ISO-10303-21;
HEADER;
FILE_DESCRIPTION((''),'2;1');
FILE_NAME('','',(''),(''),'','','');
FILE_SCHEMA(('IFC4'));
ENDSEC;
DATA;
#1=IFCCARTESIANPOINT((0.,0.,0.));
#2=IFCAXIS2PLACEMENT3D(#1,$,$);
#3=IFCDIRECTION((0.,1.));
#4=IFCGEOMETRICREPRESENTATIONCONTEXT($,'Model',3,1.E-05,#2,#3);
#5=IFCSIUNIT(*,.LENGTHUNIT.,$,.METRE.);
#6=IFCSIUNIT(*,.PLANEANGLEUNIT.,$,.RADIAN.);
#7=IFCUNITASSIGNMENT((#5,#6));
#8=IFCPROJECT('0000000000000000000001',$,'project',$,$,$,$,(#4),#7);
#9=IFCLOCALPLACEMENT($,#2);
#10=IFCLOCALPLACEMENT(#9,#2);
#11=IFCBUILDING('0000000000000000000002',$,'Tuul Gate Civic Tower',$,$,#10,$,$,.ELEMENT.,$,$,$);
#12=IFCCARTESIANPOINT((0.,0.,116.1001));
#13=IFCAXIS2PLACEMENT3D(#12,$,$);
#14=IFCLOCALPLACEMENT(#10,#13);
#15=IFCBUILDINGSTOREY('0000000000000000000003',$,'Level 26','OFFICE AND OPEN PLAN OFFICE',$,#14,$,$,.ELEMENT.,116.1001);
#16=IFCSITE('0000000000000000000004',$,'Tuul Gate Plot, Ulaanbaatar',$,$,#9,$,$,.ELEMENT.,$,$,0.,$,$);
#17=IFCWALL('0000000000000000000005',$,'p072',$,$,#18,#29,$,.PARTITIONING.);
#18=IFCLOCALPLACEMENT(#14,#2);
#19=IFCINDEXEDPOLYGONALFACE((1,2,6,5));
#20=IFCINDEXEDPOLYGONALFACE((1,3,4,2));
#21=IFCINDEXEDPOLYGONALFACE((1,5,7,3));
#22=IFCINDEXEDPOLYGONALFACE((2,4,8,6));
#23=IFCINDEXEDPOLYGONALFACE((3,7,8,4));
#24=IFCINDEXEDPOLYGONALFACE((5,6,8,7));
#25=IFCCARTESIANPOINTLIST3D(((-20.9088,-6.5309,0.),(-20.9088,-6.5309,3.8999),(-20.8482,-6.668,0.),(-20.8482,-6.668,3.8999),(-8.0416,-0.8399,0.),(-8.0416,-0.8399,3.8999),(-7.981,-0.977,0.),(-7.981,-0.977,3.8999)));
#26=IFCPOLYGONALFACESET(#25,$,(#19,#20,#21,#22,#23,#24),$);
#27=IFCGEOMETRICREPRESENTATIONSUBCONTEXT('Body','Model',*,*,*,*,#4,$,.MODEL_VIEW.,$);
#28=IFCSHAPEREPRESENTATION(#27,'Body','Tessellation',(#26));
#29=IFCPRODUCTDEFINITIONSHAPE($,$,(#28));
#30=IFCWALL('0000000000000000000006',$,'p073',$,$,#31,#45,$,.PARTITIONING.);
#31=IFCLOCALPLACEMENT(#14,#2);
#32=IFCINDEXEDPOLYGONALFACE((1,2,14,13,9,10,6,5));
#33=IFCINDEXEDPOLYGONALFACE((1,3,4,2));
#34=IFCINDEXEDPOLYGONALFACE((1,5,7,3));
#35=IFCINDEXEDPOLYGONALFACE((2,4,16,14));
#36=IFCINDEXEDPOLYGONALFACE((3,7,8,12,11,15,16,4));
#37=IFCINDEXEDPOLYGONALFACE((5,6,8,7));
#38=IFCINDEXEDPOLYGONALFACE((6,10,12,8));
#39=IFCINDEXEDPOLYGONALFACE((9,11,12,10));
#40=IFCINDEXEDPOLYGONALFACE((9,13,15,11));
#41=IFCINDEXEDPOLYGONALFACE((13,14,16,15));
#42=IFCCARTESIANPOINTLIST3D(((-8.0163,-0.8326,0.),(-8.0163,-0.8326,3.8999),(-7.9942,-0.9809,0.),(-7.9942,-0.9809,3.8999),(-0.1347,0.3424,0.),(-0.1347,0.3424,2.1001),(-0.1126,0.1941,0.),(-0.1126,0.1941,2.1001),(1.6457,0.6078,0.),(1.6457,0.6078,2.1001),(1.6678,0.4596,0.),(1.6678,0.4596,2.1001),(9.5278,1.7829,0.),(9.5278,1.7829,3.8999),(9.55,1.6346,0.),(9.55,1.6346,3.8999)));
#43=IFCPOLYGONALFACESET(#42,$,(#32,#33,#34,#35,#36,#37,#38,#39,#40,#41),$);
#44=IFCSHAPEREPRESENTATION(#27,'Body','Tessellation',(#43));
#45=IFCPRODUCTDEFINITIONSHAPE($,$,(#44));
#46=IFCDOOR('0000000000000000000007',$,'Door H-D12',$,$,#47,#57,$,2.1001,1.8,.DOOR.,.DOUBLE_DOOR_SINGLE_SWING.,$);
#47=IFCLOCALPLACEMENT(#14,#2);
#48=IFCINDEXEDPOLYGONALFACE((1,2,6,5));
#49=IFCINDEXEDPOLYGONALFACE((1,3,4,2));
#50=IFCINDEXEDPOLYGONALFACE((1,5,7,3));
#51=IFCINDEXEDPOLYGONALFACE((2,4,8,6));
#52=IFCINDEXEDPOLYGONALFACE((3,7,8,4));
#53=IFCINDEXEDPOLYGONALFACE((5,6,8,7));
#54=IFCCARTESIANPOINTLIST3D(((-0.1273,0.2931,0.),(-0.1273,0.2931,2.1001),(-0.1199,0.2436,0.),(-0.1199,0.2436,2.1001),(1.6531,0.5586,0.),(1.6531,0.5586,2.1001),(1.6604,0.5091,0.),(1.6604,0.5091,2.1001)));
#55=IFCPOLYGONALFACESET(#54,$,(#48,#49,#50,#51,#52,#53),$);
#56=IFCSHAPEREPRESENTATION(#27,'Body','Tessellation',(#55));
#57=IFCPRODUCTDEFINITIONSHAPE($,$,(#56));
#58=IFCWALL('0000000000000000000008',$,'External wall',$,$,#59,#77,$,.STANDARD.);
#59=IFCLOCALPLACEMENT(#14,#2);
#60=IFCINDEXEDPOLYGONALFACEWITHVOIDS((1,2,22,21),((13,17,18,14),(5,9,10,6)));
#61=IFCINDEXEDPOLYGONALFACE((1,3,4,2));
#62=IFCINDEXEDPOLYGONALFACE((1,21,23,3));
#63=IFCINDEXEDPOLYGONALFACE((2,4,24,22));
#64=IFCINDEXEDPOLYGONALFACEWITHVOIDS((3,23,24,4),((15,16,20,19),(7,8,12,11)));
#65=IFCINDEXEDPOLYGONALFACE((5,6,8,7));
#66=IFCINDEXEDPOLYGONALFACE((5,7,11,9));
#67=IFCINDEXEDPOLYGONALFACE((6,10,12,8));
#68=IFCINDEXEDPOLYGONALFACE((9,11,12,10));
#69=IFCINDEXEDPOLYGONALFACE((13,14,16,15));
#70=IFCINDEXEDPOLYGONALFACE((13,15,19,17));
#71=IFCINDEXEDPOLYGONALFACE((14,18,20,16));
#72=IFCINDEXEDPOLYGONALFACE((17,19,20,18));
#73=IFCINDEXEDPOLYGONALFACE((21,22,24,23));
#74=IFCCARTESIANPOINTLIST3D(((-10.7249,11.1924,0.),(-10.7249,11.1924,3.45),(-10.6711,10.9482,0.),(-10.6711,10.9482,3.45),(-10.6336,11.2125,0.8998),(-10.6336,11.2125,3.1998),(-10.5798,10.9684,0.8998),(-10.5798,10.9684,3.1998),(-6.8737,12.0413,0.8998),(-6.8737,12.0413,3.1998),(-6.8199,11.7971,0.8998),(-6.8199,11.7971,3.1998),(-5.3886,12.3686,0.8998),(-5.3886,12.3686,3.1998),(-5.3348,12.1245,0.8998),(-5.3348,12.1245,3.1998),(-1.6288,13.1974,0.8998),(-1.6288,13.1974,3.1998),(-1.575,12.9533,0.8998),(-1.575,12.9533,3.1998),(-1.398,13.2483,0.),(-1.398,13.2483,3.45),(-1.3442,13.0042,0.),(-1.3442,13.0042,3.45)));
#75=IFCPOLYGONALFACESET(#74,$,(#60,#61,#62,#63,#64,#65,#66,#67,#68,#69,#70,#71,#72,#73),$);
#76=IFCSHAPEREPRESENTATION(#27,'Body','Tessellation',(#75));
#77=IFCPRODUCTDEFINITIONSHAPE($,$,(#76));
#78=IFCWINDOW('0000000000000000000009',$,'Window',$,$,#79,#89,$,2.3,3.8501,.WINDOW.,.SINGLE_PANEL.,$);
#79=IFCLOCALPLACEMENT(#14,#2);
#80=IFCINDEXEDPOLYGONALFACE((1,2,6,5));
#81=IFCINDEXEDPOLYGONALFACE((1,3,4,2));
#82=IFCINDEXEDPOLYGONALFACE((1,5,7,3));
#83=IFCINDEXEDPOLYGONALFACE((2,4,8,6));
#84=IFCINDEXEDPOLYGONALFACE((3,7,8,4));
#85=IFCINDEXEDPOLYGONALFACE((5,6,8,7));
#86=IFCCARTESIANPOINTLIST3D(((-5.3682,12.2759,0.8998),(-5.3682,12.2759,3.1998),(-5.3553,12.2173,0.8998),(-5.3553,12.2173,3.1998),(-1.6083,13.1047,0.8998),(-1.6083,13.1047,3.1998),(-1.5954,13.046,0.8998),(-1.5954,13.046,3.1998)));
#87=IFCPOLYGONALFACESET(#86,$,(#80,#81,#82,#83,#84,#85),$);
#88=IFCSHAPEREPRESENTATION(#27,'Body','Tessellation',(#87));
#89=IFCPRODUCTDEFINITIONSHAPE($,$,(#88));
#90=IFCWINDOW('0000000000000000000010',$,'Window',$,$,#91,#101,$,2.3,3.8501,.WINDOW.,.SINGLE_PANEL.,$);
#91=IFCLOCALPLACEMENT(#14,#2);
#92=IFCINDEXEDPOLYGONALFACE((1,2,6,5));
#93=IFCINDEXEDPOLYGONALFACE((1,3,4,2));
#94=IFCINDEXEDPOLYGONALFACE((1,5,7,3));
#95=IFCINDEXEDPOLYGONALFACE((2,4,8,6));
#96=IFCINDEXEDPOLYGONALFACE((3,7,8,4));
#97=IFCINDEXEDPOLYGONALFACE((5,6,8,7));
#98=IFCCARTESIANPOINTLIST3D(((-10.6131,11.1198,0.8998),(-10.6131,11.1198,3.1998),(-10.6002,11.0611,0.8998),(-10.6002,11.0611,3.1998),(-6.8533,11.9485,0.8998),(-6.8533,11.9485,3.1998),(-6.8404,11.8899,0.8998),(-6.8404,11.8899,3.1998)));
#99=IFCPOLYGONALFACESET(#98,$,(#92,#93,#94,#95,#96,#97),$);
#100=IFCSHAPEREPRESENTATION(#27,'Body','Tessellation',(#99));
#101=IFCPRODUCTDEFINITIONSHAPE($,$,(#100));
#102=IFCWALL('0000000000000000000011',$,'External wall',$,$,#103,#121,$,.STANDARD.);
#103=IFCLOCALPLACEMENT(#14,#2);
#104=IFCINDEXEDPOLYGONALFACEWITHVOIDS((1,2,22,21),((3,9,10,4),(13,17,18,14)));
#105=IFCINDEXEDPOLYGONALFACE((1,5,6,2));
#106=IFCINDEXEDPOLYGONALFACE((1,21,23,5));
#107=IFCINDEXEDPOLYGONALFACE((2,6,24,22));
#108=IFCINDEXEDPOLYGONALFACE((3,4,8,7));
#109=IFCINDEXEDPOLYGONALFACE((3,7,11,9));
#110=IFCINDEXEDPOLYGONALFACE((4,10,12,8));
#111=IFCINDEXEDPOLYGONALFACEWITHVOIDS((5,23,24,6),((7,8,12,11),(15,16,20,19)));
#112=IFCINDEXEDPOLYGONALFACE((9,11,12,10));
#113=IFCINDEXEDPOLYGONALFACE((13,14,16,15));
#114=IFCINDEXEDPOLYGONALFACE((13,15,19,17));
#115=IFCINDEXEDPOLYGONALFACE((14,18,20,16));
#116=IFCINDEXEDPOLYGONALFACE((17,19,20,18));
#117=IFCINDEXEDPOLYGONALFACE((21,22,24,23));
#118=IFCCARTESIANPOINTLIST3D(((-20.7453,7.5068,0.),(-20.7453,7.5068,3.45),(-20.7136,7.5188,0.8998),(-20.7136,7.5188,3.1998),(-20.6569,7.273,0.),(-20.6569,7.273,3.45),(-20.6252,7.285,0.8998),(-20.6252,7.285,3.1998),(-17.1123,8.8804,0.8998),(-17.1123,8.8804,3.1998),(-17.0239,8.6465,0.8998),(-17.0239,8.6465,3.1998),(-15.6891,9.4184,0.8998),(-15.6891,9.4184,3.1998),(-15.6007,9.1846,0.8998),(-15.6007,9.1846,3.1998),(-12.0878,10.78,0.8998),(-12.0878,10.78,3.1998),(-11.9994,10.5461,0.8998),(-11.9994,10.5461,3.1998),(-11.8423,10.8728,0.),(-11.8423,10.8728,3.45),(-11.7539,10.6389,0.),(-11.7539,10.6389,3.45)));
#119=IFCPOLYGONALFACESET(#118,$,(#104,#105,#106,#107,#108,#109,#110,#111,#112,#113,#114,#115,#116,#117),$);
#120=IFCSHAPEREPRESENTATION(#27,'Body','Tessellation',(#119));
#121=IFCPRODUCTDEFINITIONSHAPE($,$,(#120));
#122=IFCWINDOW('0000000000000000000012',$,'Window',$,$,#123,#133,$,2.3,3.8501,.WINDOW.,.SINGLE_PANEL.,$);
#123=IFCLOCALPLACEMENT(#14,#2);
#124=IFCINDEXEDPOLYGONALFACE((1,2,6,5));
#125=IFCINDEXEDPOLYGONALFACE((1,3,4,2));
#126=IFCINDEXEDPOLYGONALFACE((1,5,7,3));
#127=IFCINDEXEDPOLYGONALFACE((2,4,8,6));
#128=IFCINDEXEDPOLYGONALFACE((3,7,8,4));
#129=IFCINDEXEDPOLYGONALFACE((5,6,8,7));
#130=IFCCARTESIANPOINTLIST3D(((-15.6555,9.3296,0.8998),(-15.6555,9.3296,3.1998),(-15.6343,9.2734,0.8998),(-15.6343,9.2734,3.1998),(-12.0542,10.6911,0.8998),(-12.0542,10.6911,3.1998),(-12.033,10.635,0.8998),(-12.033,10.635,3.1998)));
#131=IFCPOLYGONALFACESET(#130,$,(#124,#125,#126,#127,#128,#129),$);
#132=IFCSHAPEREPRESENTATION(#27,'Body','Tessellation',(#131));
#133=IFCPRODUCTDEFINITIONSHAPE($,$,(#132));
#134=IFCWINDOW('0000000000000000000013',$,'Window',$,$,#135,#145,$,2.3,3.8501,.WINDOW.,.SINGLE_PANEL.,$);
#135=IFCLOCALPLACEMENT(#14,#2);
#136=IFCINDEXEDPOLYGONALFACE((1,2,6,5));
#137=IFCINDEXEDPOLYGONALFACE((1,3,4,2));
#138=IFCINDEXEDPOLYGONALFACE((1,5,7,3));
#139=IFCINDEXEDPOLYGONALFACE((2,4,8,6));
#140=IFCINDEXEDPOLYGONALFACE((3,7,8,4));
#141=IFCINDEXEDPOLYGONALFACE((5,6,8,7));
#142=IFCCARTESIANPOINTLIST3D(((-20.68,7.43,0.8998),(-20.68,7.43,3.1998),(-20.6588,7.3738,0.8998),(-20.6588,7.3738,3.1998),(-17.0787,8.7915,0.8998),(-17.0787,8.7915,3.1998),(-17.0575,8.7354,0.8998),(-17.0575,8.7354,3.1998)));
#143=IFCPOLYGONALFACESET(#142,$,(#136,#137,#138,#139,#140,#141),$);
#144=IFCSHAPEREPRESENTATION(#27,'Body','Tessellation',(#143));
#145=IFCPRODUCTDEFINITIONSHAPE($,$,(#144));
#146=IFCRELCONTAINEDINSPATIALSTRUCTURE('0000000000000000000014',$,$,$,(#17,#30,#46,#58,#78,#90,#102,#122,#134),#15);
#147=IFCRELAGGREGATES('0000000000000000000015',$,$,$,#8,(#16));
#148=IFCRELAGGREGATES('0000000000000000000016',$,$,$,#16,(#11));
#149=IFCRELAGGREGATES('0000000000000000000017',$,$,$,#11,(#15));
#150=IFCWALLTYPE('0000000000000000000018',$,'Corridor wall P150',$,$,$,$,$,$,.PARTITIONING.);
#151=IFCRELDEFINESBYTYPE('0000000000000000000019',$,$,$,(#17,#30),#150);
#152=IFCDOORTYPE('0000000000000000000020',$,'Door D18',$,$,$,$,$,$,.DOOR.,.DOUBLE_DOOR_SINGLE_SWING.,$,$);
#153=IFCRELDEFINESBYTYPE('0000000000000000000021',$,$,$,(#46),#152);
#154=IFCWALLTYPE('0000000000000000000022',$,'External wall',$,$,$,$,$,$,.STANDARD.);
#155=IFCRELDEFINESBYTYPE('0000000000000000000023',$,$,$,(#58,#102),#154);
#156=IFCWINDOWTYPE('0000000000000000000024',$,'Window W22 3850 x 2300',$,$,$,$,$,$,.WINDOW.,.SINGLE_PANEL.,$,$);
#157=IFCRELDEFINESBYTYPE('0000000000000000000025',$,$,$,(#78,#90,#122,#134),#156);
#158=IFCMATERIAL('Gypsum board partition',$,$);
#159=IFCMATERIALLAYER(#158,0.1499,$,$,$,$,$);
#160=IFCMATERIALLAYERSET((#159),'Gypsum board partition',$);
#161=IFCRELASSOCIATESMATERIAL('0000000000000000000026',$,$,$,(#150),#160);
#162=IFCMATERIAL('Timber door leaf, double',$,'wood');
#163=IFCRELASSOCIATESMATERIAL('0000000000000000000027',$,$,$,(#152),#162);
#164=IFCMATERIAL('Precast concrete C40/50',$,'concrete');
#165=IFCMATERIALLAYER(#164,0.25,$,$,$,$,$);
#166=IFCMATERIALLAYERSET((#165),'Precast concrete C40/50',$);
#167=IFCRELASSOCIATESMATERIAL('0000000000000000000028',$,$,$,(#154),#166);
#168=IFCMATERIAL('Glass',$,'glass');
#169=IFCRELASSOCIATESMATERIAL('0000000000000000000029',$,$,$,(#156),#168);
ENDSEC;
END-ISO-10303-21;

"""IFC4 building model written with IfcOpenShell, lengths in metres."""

from ifc_helpers import new_model, si_unit, direction, frame, frame_2d, origin, place, context, subcontext, project, spatial, rectangle, extrude, material, layer, layer_set, type_object, element, fill, save


model = new_model("IFC4")

# Units and contexts
model_context = context("Model", 3, precision=1e-05, world=origin(), true_north=direction((0.0, 1.0)))
body_context = subcontext(model_context, "Body", "Model", "MODEL_VIEW")
ifc_project = project(units=[si_unit("LENGTHUNIT", "METRE"), si_unit("PLANEANGLEUNIT", "RADIAN")], contexts=[model_context])

# Site, building, storey
site_placement = place(None, origin())
site = spatial("IfcSite", under=ifc_project, at=site_placement, Name="Tuul Gate Plot, Ulaanbaatar", CompositionType="ELEMENT", RefElevation=0.0)
building_placement = place(site_placement, origin())
building = spatial("IfcBuilding", under=site, at=building_placement, Name="Tuul Gate Civic Tower", CompositionType="ELEMENT")
storey_placement = place(building_placement, frame((0.0, 0.0, 116.1001)))
storey = spatial("IfcBuildingStorey", under=building, at=storey_placement, Name="Level 26", Description="OFFICE AND OPEN PLAN OFFICE", CompositionType="ELEMENT", Elevation=116.1001)

# Shared definitions
ifc_material_1 = material(Name="Gypsum board partition")
ifc_layer_1 = layer(ifc_material_1, 0.1499)
ifc_layer_set_1 = layer_set([ifc_layer_1], Name="Gypsum board partition")
wall_type_1 = type_object("IfcWallType", Name="Corridor wall P150", PredefinedType="PARTITIONING", material=ifc_layer_set_1)
ifc_material_2 = material(Name="Timber door leaf, double", Category="wood")
door_type = type_object("IfcDoorType", Name="Door D18", OperationType="DOUBLE_DOOR_SINGLE_SWING", PredefinedType="DOOR", material=ifc_material_2)

# Wall
wall_1_placement = place(storey_placement, frame((-20.8784, -6.5994, 0.0), z_axis=(0.0, 0.0, 1.0), x_axis=(0.914544, 0.404486, 0.0)))
element("IfcWall", 1, at=wall_1_placement, inside=storey, type_object=wall_type_1, Name="p072", PredefinedType="PARTITIONING", context=body_context, shape_type="SweptSolid", body=[
    extrude(rectangle(XDim=14.0696, YDim=0.1499, at=frame_2d((7.0347, 0.0))), origin(), (0.0, 0.0, 1.0), 3.8999),
])

# Wall, opening, door
wall_2_placement = place(storey_placement, frame((-8.0054, -0.9067, 0.0), z_axis=(0.0, 0.0, 1.0), x_axis=(0.98907, 0.14745, 0.0)))
wall_2 = element("IfcWall", 2, at=wall_2_placement, inside=storey, type_object=wall_type_1, Name="p073", PredefinedType="PARTITIONING", context=body_context, shape_type="SweptSolid", body=[
    extrude(rectangle(XDim=17.738, YDim=0.1499, at=frame_2d((8.8691, 0.0))), origin(), (0.0, 0.0, 1.0), 3.8999),
])
opening_1_placement = place(wall_2_placement, frame((7.969, 0.0, 0.0)))
opening_1 = element("IfcOpeningElement", 3, at=opening_1_placement, cuts=wall_2, PredefinedType="OPENING", context=body_context, shape_type="SweptSolid", body=[
    extrude(rectangle(XDim=1.8, YDim=2.1001, at=frame_2d((0.8999, 1.05))), frame((0.0, 0.085, 0.0), z_axis=(0.0, -1.0, 0.0), x_axis=(1.0, 0.0, 0.0)), (0.0, 0.0, 1.0), 0.1699),
])
door_1_placement = place(opening_1_placement, frame((1.8, 0.0, 0.0), z_axis=(0.0, 0.0, 1.0), x_axis=(-1.0, 0.0, 0.0)))
door_1 = element("IfcDoor", 4, at=door_1_placement, inside=storey, type_object=door_type, Name="Door H-D12", OperationType="DOUBLE_DOOR_SINGLE_SWING", OverallHeight=2.1001, OverallWidth=1.8, PredefinedType="DOOR", context=body_context, shape_type="SweptSolid", body=[
    extrude(rectangle(XDim=1.8, YDim=2.1001, at=frame_2d((0.9001, 1.05))), frame((0.0, 0.0249, 0.0), z_axis=(0.0, -1.0, 0.0), x_axis=(1.0, 0.0, 0.0)), (0.0, 0.0, 1.0), 0.05),
])
fill(opening_1, door_1)

# Walls, openings, windows
ifc_material_3 = material(Name="Precast concrete C40/50", Category="concrete")
ifc_layer_2 = layer(ifc_material_3, 0.25)
ifc_layer_set_2 = layer_set([ifc_layer_2], Name="Precast concrete C40/50")
wall_type_2 = type_object("IfcWallType", Name="External wall", PredefinedType="STANDARD", material=ifc_layer_set_2)
wall_3_placement = place(storey_placement, frame((-1.3711, 13.1262, 0.0), z_axis=(0.0, 0.0, 1.0), x_axis=(-0.976557, -0.21526, 0.0)))
wall_3 = element("IfcWall", 5, at=wall_3_placement, inside=storey, type_object=wall_type_2, Name="External wall", PredefinedType="STANDARD", context=body_context, shape_type="SweptSolid", body=[
    extrude(rectangle(XDim=9.5508, YDim=0.25, at=frame_2d((4.7754, 0.0))), origin(), (0.0, 0.0, 1.0), 3.45),
])
opening_2_placement = place(wall_3_placement, frame((0.2363, 0.0, 0.8999)))
opening_2 = element("IfcOpeningElement", 6, at=opening_2_placement, cuts=wall_3, PredefinedType="OPENING", context=body_context, shape_type="SweptSolid", body=[
    extrude(rectangle(XDim=3.8501, YDim=2.3, at=frame_2d((1.925, 1.1499))), frame((0.0, 0.135, 0.0), z_axis=(0.0, -1.0, 0.0), x_axis=(1.0, 0.0, 0.0)), (0.0, 0.0, 1.0), 0.27),
])
opening_3_placement = place(wall_3_placement, frame((5.6072, 0.0, 0.8999)))
opening_3 = element("IfcOpeningElement", 7, at=opening_3_placement, cuts=wall_3, PredefinedType="OPENING", context=body_context, shape_type="SweptSolid", body=[
    extrude(rectangle(XDim=3.8501, YDim=2.3, at=frame_2d((1.925, 1.1499))), frame((0.0, 0.135, 0.0), z_axis=(0.0, -1.0, 0.0), x_axis=(1.0, 0.0, 0.0)), (0.0, 0.0, 1.0), 0.27),
])
ifc_material_4 = material(Name="Glass", Category="glass")
window_type = type_object("IfcWindowType", Name="Window W22 3850 x 2300", PartitioningType="SINGLE_PANEL", PredefinedType="WINDOW", material=ifc_material_4)
window_1_placement = place(opening_2_placement, origin())
window_1 = element("IfcWindow", 8, at=window_1_placement, inside=storey, type_object=window_type, Name="Window", OverallHeight=2.3, OverallWidth=3.8501, PartitioningType="SINGLE_PANEL", PredefinedType="WINDOW", context=body_context, shape_type="SweptSolid", body=[
    extrude(rectangle(XDim=3.8501, YDim=2.3, at=frame_2d((1.925, 1.1499))), frame((0.0, 0.03, 0.0), z_axis=(0.0, -1.0, 0.0), x_axis=(1.0, 0.0, 0.0)), (0.0, 0.0, 1.0), 0.0601),
])
fill(opening_2, window_1)
window_2_placement = place(opening_3_placement, origin())
window_2 = element("IfcWindow", 9, at=window_2_placement, inside=storey, type_object=window_type, Name="Window", OverallHeight=2.3, OverallWidth=3.8501, PartitioningType="SINGLE_PANEL", PredefinedType="WINDOW", context=body_context, shape_type="SweptSolid", body=[
    extrude(rectangle(XDim=3.8501, YDim=2.3, at=frame_2d((1.925, 1.1499))), frame((0.0, 0.03, 0.0), z_axis=(0.0, -1.0, 0.0), x_axis=(1.0, 0.0, 0.0)), (0.0, 0.0, 1.0), 0.0601),
])
fill(opening_3, window_2)
wall_4_placement = place(storey_placement, frame((-11.7981, 10.7559, 0.0), z_axis=(0.0, 0.0, 1.0), x_axis=(-0.935382, -0.353638, 0.0)))
wall_4 = element("IfcWall", 10, at=wall_4_placement, inside=storey, type_object=wall_type_2, Name="External wall", PredefinedType="STANDARD", context=body_context, shape_type="SweptSolid", body=[
    extrude(rectangle(XDim=9.5181, YDim=0.25, at=frame_2d((4.759, 0.0))), origin(), (0.0, 0.0, 1.0), 3.45),
])
opening_4_placement = place(wall_4_placement, frame((0.2625, 0.0, 0.8999)))
opening_4 = element("IfcOpeningElement", 11, at=opening_4_placement, cuts=wall_4, PredefinedType="OPENING", context=body_context, shape_type="SweptSolid", body=[
    extrude(rectangle(XDim=3.8501, YDim=2.3, at=frame_2d((1.925, 1.1499))), frame((0.0, 0.135, 0.0), z_axis=(0.0, -1.0, 0.0), x_axis=(1.0, 0.0, 0.0)), (0.0, 0.0, 1.0), 0.27),
])
opening_5_placement = place(wall_4_placement, frame((5.634, 0.0, 0.8999)))
opening_5 = element("IfcOpeningElement", 12, at=opening_5_placement, cuts=wall_4, PredefinedType="OPENING", context=body_context, shape_type="SweptSolid", body=[
    extrude(rectangle(XDim=3.8501, YDim=2.3, at=frame_2d((1.925, 1.1499))), frame((0.0, 0.135, 0.0), z_axis=(0.0, -1.0, 0.0), x_axis=(1.0, 0.0, 0.0)), (0.0, 0.0, 1.0), 0.27),
])
window_3_placement = place(opening_4_placement, origin())
window_3 = element("IfcWindow", 13, at=window_3_placement, inside=storey, type_object=window_type, Name="Window", OverallHeight=2.3, OverallWidth=3.8501, PartitioningType="SINGLE_PANEL", PredefinedType="WINDOW", context=body_context, shape_type="SweptSolid", body=[
    extrude(rectangle(XDim=3.8501, YDim=2.3, at=frame_2d((1.925, 1.1499))), frame((0.0, 0.03, 0.0), z_axis=(0.0, -1.0, 0.0), x_axis=(1.0, 0.0, 0.0)), (0.0, 0.0, 1.0), 0.0601),
])
fill(opening_4, window_3)
window_4_placement = place(opening_5_placement, origin())
window_4 = element("IfcWindow", 14, at=window_4_placement, inside=storey, type_object=window_type, Name="Window", OverallHeight=2.3, OverallWidth=3.8501, PartitioningType="SINGLE_PANEL", PredefinedType="WINDOW", context=body_context, shape_type="SweptSolid", body=[
    extrude(rectangle(XDim=3.8501, YDim=2.3, at=frame_2d((1.925, 1.1499))), frame((0.0, 0.03, 0.0), z_axis=(0.0, -1.0, 0.0), x_axis=(1.0, 0.0, 0.0)), (0.0, 0.0, 1.0), 0.0601),
])
fill(opening_5, window_4)

save(model, "model.ifc")
